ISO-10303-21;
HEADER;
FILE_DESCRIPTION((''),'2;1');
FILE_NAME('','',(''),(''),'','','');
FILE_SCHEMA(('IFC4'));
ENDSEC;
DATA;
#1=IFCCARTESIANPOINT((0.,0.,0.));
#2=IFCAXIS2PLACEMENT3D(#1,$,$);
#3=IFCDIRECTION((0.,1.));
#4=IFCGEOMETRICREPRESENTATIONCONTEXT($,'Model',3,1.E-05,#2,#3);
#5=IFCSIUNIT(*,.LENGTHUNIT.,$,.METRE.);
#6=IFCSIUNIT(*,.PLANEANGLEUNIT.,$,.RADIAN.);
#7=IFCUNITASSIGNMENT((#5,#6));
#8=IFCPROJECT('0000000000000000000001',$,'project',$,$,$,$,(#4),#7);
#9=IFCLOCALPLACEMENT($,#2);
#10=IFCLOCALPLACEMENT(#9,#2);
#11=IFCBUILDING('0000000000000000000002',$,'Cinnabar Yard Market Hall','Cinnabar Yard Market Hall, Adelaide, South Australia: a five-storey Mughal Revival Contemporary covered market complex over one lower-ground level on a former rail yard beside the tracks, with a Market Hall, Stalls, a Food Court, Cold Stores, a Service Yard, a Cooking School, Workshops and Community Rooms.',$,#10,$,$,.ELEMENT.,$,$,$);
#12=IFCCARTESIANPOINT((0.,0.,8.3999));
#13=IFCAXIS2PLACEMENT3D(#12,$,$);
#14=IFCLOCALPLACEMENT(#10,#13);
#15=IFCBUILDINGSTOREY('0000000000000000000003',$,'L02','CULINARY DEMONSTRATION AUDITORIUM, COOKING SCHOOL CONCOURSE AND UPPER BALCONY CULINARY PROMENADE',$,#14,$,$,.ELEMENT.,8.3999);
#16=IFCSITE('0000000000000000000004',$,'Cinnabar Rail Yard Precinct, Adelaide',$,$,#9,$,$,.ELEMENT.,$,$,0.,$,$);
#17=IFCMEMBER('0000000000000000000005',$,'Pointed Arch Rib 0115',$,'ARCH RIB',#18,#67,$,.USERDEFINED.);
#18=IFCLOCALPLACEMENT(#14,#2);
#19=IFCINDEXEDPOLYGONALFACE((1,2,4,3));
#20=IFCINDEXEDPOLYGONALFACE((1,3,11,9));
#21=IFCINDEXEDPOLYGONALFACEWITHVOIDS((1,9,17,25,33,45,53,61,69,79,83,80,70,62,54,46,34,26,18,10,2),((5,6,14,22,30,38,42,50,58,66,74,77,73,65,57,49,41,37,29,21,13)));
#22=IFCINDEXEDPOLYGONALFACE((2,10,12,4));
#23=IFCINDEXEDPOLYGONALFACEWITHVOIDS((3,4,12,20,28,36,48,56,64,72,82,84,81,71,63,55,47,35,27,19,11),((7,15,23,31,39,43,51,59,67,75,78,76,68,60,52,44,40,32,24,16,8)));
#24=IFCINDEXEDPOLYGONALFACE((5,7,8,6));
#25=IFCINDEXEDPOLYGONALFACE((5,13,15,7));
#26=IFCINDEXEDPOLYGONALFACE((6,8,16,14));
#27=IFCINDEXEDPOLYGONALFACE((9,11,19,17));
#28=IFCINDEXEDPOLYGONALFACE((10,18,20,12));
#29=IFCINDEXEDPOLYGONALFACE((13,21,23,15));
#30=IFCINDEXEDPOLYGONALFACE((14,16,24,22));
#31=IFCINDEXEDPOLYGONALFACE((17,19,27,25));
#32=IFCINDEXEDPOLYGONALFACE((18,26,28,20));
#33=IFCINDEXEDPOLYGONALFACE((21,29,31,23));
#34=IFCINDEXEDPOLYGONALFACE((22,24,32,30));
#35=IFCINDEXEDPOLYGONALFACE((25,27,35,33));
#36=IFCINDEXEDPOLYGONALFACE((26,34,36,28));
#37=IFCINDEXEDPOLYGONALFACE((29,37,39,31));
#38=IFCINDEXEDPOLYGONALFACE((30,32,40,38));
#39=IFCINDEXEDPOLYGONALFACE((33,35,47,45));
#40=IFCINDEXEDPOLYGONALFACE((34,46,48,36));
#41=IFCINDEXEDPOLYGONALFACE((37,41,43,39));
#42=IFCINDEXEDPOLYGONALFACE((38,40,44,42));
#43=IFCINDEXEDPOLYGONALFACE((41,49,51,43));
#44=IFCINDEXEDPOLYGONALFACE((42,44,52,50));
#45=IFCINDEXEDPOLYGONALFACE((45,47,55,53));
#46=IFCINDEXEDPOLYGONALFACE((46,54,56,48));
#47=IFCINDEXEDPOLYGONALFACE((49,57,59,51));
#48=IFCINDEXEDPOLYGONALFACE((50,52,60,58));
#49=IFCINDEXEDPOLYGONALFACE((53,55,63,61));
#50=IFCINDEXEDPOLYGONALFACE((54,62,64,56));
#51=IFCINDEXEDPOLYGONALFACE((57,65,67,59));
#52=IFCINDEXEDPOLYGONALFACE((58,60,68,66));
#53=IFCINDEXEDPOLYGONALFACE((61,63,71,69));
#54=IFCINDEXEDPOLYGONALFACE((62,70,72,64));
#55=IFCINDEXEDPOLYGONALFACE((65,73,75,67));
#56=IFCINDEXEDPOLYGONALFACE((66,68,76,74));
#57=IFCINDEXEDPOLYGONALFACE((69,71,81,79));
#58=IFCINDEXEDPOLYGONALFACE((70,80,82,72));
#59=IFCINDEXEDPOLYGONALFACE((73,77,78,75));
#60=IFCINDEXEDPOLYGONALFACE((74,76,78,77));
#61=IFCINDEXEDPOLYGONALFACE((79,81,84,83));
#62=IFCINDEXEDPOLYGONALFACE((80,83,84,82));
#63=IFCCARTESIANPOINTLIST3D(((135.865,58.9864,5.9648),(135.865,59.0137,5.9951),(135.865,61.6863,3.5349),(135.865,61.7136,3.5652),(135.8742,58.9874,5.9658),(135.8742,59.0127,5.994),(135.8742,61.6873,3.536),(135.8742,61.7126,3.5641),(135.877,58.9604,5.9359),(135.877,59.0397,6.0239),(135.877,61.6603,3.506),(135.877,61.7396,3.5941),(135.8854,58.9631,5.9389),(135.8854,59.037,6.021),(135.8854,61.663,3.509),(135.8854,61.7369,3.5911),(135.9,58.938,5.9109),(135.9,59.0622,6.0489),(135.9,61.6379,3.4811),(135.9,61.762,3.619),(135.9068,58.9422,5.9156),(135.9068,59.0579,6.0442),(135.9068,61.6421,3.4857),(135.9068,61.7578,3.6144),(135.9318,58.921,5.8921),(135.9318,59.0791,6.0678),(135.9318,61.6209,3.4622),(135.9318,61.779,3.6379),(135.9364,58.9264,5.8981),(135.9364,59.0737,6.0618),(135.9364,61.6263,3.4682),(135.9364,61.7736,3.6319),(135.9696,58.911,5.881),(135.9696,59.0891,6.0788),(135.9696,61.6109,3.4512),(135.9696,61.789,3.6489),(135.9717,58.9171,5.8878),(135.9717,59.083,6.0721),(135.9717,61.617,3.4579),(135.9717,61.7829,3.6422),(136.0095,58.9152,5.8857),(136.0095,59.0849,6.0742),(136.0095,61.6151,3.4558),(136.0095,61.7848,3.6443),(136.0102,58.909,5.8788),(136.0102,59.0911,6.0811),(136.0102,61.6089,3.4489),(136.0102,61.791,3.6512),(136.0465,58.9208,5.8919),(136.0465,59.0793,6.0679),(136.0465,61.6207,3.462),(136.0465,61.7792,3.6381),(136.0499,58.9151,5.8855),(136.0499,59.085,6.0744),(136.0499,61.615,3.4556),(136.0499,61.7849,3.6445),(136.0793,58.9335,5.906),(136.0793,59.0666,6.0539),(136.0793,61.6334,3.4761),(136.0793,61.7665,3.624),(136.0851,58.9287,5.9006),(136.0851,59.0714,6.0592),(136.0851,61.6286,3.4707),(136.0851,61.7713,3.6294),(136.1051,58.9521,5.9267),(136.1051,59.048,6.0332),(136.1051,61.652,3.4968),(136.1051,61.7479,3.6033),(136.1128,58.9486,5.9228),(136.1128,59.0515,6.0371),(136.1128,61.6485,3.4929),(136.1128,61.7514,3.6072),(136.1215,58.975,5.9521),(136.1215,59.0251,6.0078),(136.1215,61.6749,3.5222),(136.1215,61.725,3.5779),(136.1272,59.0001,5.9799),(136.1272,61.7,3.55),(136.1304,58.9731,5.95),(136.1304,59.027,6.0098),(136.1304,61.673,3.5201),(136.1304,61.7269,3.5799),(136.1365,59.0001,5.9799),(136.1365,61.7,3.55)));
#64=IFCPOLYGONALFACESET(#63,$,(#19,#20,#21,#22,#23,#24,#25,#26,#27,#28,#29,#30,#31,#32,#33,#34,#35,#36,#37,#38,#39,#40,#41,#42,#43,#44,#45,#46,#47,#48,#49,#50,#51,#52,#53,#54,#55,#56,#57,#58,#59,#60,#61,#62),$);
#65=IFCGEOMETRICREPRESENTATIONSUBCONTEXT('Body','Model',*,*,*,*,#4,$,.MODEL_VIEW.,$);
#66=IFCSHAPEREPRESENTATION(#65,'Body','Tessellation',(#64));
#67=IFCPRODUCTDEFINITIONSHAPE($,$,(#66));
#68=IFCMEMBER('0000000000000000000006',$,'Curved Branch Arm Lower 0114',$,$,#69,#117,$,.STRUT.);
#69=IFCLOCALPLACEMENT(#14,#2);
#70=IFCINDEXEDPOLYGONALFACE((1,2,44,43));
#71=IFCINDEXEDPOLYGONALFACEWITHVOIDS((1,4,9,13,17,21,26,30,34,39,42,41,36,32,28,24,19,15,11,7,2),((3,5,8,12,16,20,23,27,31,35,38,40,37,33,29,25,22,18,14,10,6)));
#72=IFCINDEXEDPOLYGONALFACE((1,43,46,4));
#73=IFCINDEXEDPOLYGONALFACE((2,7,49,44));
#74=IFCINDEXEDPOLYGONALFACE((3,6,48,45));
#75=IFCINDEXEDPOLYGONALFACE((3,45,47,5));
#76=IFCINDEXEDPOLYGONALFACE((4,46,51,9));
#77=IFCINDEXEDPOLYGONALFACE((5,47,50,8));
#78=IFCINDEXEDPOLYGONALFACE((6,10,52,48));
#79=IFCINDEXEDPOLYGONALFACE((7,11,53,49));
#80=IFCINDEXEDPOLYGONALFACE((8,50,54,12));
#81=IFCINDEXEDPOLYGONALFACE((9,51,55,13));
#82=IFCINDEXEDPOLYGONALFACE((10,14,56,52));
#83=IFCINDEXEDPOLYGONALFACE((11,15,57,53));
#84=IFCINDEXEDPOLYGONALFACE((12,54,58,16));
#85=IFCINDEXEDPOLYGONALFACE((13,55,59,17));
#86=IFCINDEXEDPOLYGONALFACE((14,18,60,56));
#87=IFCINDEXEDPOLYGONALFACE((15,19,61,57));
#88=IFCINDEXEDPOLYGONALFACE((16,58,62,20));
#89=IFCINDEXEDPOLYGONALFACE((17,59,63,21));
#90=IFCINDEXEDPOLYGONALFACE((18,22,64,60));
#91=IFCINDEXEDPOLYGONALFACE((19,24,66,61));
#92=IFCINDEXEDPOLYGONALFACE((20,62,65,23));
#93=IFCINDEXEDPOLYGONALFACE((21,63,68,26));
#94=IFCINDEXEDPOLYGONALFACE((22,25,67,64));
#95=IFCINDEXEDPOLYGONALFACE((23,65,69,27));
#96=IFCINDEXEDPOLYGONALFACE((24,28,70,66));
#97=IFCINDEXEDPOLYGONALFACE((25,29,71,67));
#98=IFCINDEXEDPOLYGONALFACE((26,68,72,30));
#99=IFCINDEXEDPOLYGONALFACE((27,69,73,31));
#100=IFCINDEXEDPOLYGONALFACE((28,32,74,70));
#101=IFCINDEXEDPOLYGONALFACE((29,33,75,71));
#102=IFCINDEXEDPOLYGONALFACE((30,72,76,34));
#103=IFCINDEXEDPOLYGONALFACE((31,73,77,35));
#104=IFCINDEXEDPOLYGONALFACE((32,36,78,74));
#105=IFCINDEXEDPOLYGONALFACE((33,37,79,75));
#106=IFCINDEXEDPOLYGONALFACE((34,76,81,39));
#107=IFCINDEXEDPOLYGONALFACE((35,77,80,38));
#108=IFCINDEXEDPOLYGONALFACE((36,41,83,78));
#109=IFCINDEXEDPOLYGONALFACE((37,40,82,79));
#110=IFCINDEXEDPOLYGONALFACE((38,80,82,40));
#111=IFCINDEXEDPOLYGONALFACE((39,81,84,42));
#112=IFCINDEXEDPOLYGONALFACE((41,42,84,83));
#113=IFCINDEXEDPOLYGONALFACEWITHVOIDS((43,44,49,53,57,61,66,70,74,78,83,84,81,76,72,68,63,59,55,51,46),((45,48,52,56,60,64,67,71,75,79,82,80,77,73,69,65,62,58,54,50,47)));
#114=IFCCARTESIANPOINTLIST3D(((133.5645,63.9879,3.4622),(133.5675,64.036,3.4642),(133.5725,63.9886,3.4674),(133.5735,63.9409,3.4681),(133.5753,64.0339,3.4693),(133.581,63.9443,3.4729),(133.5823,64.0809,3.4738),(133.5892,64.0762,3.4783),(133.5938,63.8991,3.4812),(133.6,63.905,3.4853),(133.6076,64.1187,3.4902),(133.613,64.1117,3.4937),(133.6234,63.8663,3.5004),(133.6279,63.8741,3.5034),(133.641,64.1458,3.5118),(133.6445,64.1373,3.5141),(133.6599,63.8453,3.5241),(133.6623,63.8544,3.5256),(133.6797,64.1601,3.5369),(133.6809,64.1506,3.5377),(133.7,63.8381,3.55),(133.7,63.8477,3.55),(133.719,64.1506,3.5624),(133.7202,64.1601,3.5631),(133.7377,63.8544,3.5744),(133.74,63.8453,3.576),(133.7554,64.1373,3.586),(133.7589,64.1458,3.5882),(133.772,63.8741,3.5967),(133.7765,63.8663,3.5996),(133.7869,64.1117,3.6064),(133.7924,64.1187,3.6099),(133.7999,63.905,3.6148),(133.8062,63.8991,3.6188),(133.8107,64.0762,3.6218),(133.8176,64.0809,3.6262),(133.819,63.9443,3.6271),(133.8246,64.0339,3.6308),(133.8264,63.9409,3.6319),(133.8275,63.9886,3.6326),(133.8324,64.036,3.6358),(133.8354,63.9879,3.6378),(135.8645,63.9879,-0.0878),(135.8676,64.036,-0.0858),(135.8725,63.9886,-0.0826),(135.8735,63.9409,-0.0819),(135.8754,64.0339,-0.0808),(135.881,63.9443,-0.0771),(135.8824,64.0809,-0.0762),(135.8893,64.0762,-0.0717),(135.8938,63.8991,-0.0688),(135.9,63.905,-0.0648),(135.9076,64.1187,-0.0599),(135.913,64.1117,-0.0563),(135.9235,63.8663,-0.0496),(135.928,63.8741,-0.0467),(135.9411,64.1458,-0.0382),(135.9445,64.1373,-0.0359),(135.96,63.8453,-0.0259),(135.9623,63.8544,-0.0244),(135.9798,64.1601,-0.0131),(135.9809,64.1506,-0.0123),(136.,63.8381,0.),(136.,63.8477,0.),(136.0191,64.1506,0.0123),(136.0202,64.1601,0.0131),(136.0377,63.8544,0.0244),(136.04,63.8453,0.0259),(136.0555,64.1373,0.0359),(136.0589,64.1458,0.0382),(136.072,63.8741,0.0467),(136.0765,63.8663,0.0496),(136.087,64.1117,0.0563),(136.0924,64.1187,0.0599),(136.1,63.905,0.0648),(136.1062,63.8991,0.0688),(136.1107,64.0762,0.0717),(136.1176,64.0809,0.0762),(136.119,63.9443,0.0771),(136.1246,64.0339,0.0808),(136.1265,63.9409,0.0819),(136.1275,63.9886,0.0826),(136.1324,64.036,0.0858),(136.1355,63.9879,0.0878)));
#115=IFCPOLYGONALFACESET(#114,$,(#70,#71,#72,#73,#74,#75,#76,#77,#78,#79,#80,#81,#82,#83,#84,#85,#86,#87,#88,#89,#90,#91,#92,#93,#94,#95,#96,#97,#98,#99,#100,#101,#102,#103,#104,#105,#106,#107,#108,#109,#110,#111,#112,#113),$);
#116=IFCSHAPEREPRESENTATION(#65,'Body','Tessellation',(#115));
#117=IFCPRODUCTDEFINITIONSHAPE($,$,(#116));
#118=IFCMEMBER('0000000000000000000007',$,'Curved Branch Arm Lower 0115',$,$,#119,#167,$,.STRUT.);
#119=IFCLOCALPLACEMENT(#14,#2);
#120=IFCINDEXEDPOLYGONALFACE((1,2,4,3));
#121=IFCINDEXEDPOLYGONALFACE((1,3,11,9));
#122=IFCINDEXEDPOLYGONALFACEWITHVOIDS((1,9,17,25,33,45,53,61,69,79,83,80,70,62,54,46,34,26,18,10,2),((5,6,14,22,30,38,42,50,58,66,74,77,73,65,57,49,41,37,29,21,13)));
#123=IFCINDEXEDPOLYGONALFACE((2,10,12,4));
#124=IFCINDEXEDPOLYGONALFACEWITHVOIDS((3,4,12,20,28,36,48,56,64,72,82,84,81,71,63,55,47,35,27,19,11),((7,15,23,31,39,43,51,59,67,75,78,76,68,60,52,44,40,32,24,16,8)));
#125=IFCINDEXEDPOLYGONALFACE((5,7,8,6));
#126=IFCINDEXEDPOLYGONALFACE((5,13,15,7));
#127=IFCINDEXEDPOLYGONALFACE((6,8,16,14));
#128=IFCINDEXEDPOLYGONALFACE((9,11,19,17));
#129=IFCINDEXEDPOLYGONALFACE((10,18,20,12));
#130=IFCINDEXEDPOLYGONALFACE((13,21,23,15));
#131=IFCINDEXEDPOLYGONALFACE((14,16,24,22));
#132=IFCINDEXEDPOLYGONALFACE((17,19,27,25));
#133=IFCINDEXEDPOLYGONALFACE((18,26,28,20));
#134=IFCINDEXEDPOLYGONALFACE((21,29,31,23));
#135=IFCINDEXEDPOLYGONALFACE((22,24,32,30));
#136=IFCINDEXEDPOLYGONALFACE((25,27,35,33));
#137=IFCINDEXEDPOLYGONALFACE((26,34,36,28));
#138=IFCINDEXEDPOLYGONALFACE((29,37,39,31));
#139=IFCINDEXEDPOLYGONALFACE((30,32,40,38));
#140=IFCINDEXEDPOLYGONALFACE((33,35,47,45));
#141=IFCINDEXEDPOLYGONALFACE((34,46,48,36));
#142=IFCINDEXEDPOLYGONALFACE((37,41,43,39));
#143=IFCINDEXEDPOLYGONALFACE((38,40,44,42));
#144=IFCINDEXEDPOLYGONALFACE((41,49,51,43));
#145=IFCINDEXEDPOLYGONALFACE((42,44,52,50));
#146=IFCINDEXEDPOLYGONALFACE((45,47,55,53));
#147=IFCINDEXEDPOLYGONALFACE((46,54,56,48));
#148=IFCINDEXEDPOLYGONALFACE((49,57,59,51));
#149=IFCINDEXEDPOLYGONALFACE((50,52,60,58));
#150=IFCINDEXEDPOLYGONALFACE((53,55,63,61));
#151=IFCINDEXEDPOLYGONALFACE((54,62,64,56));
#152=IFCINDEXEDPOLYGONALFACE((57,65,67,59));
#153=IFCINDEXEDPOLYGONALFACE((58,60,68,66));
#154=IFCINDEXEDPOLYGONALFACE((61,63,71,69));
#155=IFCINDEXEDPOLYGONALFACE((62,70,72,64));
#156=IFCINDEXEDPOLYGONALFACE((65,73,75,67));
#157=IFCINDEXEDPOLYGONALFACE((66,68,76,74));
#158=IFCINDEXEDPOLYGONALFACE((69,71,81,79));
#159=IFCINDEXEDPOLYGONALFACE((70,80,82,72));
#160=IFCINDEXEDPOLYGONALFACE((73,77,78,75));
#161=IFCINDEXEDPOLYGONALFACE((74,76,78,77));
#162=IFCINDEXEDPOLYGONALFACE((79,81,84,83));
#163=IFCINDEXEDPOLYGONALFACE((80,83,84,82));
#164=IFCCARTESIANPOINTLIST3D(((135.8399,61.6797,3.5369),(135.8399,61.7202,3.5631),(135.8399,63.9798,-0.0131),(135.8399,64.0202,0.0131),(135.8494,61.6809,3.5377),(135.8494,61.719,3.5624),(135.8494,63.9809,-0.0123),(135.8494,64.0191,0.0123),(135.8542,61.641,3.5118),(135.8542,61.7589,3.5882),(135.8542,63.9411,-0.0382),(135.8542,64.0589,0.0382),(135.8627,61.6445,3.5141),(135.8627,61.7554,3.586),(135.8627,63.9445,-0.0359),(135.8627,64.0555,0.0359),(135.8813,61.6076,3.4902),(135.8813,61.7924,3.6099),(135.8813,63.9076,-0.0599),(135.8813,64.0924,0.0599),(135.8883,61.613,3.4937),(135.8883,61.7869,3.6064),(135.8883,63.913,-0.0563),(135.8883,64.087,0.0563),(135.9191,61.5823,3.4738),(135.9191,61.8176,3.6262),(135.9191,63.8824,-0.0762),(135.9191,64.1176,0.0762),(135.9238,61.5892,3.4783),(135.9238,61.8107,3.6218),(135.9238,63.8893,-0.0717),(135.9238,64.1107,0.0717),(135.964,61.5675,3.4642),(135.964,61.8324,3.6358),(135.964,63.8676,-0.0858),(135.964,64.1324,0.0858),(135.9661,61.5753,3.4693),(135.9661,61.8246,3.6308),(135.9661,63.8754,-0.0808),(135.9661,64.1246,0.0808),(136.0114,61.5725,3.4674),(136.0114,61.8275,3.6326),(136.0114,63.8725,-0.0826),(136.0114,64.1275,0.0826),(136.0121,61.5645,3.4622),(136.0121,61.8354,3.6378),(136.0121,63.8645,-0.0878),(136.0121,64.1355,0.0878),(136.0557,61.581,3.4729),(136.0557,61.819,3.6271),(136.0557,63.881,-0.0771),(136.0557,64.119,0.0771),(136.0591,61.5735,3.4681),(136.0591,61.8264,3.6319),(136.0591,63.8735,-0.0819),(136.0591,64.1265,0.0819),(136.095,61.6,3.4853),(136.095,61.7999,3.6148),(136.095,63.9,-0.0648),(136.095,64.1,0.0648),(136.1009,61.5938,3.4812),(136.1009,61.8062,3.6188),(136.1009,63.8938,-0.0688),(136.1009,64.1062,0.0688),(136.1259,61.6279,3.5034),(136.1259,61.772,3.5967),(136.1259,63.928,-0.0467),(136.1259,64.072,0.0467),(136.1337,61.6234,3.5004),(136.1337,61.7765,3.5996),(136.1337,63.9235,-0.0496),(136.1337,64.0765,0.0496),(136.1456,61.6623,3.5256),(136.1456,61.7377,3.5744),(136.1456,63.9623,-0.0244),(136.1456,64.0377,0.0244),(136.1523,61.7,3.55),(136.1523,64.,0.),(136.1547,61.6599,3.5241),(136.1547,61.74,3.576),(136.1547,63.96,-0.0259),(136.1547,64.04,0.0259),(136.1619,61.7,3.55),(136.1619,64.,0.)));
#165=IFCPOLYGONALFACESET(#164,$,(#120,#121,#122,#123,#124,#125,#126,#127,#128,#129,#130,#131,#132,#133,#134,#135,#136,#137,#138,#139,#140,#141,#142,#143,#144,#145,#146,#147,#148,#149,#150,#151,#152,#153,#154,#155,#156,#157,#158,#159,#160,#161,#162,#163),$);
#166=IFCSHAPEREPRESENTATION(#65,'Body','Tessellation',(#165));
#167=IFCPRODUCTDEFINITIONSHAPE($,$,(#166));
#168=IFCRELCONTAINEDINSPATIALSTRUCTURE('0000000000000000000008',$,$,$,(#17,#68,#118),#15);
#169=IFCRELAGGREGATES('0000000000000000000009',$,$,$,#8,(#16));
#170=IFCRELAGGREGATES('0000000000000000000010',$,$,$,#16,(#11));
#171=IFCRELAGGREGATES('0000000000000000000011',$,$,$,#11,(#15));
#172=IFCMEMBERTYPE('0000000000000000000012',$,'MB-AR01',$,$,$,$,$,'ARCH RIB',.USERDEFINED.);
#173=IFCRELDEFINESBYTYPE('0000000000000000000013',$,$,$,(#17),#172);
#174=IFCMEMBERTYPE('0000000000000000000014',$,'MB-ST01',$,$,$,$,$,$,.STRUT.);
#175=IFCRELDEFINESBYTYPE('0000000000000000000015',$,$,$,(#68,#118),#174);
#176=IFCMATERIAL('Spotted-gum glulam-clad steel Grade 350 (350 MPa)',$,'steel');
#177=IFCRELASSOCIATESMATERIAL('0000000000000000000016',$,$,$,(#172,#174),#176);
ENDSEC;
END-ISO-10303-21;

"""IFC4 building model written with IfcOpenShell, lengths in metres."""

from ifc_helpers import new_model, si_unit, direction, frame, origin, origin_2d_with_axis, place, context, subcontext, project, spatial, hollow_circle, extrude, material, material_profile, profile_set, type_object, element, save


model = new_model("IFC4")

# Units and contexts
model_context = context("Model", 3, precision=1e-05, world=origin(), true_north=direction((0.0, 1.0)))
body_context = subcontext(model_context, "Body", "Model", "MODEL_VIEW")
ifc_project = project(units=[si_unit("LENGTHUNIT", "METRE"), si_unit("PLANEANGLEUNIT", "RADIAN")], contexts=[model_context])

# Site, building, storey
site_placement = place(None, origin())
site = spatial("IfcSite", under=ifc_project, at=site_placement, Name="Cinnabar Rail Yard Precinct, Adelaide", CompositionType="ELEMENT", RefElevation=0.0)
building_placement = place(site_placement, origin())
building = spatial("IfcBuilding", under=site, at=building_placement, Name="Cinnabar Yard Market Hall", Description="Cinnabar Yard Market Hall, Adelaide, South Australia: a five-storey Mughal Revival Contemporary covered market complex over one lower-ground level on a former rail yard beside the tracks, with a Market Hall, Stalls, a Food Court, Cold Stores, a Service Yard, a Cooking School, Workshops and Community Rooms.", CompositionType="ELEMENT")
storey_placement = place(building_placement, frame((0.0, 0.0, 8.3999)))
storey = spatial("IfcBuildingStorey", under=building, at=storey_placement, Name="L02", Description="CULINARY DEMONSTRATION AUDITORIUM, COOKING SCHOOL CONCOURSE AND UPPER BALCONY CULINARY PROMENADE", CompositionType="ELEMENT", Elevation=8.3999)

# Shared definitions
ifc_material_1 = material(Name="Spotted-gum glulam-clad steel Grade 350 (350 MPa)", Category="steel")

# Members
ifc_material_profile_1 = material_profile(ifc_material_1, hollow_circle(Radius=0.1365, WallThickness=0.0093, at=origin_2d_with_axis()), Name="273.1x9.3CHS")
ifc_profile_set_1 = profile_set([ifc_material_profile_1], Name="Spotted-gum glulam-clad steel Grade 350 (350 MPa)")
member_type_1 = type_object("IfcMemberType", Name="MB-AR01", ElementType="ARCH RIB", PredefinedType="USERDEFINED", material=ifc_profile_set_1)
for number, where, z_axis, x_axis, name in (
    (1, (136.0, 61.7, 3.55), (0.0, -0.743297, 0.668961), (1.0, 0.0, 0.0), "Pointed Arch Rib 0115"),
):
    element("IfcMember", number, at=place(storey_placement, frame(where, z_axis=z_axis, x_axis=x_axis)), inside=storey, type_object=member_type_1, Name=name, ObjectType="ARCH RIB", PredefinedType="USERDEFINED", context=body_context, shape_type="SweptSolid", body=[
        extrude(hollow_circle(Radius=0.1365, WallThickness=0.0093, at=origin_2d_with_axis()), origin(), (0.0, 0.0, 1.0), 3.6323),
    ])
ifc_material_profile_2 = material_profile(ifc_material_1, hollow_circle(Radius=0.1619, WallThickness=0.0095, at=origin_2d_with_axis()), Name="323.9x9.5CHS")
ifc_profile_set_2 = profile_set([ifc_material_profile_2], Name="Spotted-gum glulam-clad steel Grade 350 (350 MPa)")
member_type_2 = type_object("IfcMemberType", Name="MB-ST01", PredefinedType="STRUT", material=ifc_profile_set_2)
for number, where, z_axis, x_axis, name in (
    (2, (136.0, 64.0, 0.0), (-0.543744, 0.0, 0.839251), (0.0, -1.0, 0.0), "Curved Branch Arm Lower 0114"),
    (3, (136.0, 64.0, 0.0), (0.0, -0.543744, 0.839251), (1.0, 0.0, 0.0), "Curved Branch Arm Lower 0115"),
):
    element("IfcMember", number, at=place(storey_placement, frame(where, z_axis=z_axis, x_axis=x_axis)), inside=storey, type_object=member_type_2, Name=name, PredefinedType="STRUT", context=body_context, shape_type="SweptSolid", body=[
        extrude(hollow_circle(Radius=0.1619, WallThickness=0.0095, at=origin_2d_with_axis()), origin(), (0.0, 0.0, 1.0), 4.23),
    ])

save(model, "model.ifc")
